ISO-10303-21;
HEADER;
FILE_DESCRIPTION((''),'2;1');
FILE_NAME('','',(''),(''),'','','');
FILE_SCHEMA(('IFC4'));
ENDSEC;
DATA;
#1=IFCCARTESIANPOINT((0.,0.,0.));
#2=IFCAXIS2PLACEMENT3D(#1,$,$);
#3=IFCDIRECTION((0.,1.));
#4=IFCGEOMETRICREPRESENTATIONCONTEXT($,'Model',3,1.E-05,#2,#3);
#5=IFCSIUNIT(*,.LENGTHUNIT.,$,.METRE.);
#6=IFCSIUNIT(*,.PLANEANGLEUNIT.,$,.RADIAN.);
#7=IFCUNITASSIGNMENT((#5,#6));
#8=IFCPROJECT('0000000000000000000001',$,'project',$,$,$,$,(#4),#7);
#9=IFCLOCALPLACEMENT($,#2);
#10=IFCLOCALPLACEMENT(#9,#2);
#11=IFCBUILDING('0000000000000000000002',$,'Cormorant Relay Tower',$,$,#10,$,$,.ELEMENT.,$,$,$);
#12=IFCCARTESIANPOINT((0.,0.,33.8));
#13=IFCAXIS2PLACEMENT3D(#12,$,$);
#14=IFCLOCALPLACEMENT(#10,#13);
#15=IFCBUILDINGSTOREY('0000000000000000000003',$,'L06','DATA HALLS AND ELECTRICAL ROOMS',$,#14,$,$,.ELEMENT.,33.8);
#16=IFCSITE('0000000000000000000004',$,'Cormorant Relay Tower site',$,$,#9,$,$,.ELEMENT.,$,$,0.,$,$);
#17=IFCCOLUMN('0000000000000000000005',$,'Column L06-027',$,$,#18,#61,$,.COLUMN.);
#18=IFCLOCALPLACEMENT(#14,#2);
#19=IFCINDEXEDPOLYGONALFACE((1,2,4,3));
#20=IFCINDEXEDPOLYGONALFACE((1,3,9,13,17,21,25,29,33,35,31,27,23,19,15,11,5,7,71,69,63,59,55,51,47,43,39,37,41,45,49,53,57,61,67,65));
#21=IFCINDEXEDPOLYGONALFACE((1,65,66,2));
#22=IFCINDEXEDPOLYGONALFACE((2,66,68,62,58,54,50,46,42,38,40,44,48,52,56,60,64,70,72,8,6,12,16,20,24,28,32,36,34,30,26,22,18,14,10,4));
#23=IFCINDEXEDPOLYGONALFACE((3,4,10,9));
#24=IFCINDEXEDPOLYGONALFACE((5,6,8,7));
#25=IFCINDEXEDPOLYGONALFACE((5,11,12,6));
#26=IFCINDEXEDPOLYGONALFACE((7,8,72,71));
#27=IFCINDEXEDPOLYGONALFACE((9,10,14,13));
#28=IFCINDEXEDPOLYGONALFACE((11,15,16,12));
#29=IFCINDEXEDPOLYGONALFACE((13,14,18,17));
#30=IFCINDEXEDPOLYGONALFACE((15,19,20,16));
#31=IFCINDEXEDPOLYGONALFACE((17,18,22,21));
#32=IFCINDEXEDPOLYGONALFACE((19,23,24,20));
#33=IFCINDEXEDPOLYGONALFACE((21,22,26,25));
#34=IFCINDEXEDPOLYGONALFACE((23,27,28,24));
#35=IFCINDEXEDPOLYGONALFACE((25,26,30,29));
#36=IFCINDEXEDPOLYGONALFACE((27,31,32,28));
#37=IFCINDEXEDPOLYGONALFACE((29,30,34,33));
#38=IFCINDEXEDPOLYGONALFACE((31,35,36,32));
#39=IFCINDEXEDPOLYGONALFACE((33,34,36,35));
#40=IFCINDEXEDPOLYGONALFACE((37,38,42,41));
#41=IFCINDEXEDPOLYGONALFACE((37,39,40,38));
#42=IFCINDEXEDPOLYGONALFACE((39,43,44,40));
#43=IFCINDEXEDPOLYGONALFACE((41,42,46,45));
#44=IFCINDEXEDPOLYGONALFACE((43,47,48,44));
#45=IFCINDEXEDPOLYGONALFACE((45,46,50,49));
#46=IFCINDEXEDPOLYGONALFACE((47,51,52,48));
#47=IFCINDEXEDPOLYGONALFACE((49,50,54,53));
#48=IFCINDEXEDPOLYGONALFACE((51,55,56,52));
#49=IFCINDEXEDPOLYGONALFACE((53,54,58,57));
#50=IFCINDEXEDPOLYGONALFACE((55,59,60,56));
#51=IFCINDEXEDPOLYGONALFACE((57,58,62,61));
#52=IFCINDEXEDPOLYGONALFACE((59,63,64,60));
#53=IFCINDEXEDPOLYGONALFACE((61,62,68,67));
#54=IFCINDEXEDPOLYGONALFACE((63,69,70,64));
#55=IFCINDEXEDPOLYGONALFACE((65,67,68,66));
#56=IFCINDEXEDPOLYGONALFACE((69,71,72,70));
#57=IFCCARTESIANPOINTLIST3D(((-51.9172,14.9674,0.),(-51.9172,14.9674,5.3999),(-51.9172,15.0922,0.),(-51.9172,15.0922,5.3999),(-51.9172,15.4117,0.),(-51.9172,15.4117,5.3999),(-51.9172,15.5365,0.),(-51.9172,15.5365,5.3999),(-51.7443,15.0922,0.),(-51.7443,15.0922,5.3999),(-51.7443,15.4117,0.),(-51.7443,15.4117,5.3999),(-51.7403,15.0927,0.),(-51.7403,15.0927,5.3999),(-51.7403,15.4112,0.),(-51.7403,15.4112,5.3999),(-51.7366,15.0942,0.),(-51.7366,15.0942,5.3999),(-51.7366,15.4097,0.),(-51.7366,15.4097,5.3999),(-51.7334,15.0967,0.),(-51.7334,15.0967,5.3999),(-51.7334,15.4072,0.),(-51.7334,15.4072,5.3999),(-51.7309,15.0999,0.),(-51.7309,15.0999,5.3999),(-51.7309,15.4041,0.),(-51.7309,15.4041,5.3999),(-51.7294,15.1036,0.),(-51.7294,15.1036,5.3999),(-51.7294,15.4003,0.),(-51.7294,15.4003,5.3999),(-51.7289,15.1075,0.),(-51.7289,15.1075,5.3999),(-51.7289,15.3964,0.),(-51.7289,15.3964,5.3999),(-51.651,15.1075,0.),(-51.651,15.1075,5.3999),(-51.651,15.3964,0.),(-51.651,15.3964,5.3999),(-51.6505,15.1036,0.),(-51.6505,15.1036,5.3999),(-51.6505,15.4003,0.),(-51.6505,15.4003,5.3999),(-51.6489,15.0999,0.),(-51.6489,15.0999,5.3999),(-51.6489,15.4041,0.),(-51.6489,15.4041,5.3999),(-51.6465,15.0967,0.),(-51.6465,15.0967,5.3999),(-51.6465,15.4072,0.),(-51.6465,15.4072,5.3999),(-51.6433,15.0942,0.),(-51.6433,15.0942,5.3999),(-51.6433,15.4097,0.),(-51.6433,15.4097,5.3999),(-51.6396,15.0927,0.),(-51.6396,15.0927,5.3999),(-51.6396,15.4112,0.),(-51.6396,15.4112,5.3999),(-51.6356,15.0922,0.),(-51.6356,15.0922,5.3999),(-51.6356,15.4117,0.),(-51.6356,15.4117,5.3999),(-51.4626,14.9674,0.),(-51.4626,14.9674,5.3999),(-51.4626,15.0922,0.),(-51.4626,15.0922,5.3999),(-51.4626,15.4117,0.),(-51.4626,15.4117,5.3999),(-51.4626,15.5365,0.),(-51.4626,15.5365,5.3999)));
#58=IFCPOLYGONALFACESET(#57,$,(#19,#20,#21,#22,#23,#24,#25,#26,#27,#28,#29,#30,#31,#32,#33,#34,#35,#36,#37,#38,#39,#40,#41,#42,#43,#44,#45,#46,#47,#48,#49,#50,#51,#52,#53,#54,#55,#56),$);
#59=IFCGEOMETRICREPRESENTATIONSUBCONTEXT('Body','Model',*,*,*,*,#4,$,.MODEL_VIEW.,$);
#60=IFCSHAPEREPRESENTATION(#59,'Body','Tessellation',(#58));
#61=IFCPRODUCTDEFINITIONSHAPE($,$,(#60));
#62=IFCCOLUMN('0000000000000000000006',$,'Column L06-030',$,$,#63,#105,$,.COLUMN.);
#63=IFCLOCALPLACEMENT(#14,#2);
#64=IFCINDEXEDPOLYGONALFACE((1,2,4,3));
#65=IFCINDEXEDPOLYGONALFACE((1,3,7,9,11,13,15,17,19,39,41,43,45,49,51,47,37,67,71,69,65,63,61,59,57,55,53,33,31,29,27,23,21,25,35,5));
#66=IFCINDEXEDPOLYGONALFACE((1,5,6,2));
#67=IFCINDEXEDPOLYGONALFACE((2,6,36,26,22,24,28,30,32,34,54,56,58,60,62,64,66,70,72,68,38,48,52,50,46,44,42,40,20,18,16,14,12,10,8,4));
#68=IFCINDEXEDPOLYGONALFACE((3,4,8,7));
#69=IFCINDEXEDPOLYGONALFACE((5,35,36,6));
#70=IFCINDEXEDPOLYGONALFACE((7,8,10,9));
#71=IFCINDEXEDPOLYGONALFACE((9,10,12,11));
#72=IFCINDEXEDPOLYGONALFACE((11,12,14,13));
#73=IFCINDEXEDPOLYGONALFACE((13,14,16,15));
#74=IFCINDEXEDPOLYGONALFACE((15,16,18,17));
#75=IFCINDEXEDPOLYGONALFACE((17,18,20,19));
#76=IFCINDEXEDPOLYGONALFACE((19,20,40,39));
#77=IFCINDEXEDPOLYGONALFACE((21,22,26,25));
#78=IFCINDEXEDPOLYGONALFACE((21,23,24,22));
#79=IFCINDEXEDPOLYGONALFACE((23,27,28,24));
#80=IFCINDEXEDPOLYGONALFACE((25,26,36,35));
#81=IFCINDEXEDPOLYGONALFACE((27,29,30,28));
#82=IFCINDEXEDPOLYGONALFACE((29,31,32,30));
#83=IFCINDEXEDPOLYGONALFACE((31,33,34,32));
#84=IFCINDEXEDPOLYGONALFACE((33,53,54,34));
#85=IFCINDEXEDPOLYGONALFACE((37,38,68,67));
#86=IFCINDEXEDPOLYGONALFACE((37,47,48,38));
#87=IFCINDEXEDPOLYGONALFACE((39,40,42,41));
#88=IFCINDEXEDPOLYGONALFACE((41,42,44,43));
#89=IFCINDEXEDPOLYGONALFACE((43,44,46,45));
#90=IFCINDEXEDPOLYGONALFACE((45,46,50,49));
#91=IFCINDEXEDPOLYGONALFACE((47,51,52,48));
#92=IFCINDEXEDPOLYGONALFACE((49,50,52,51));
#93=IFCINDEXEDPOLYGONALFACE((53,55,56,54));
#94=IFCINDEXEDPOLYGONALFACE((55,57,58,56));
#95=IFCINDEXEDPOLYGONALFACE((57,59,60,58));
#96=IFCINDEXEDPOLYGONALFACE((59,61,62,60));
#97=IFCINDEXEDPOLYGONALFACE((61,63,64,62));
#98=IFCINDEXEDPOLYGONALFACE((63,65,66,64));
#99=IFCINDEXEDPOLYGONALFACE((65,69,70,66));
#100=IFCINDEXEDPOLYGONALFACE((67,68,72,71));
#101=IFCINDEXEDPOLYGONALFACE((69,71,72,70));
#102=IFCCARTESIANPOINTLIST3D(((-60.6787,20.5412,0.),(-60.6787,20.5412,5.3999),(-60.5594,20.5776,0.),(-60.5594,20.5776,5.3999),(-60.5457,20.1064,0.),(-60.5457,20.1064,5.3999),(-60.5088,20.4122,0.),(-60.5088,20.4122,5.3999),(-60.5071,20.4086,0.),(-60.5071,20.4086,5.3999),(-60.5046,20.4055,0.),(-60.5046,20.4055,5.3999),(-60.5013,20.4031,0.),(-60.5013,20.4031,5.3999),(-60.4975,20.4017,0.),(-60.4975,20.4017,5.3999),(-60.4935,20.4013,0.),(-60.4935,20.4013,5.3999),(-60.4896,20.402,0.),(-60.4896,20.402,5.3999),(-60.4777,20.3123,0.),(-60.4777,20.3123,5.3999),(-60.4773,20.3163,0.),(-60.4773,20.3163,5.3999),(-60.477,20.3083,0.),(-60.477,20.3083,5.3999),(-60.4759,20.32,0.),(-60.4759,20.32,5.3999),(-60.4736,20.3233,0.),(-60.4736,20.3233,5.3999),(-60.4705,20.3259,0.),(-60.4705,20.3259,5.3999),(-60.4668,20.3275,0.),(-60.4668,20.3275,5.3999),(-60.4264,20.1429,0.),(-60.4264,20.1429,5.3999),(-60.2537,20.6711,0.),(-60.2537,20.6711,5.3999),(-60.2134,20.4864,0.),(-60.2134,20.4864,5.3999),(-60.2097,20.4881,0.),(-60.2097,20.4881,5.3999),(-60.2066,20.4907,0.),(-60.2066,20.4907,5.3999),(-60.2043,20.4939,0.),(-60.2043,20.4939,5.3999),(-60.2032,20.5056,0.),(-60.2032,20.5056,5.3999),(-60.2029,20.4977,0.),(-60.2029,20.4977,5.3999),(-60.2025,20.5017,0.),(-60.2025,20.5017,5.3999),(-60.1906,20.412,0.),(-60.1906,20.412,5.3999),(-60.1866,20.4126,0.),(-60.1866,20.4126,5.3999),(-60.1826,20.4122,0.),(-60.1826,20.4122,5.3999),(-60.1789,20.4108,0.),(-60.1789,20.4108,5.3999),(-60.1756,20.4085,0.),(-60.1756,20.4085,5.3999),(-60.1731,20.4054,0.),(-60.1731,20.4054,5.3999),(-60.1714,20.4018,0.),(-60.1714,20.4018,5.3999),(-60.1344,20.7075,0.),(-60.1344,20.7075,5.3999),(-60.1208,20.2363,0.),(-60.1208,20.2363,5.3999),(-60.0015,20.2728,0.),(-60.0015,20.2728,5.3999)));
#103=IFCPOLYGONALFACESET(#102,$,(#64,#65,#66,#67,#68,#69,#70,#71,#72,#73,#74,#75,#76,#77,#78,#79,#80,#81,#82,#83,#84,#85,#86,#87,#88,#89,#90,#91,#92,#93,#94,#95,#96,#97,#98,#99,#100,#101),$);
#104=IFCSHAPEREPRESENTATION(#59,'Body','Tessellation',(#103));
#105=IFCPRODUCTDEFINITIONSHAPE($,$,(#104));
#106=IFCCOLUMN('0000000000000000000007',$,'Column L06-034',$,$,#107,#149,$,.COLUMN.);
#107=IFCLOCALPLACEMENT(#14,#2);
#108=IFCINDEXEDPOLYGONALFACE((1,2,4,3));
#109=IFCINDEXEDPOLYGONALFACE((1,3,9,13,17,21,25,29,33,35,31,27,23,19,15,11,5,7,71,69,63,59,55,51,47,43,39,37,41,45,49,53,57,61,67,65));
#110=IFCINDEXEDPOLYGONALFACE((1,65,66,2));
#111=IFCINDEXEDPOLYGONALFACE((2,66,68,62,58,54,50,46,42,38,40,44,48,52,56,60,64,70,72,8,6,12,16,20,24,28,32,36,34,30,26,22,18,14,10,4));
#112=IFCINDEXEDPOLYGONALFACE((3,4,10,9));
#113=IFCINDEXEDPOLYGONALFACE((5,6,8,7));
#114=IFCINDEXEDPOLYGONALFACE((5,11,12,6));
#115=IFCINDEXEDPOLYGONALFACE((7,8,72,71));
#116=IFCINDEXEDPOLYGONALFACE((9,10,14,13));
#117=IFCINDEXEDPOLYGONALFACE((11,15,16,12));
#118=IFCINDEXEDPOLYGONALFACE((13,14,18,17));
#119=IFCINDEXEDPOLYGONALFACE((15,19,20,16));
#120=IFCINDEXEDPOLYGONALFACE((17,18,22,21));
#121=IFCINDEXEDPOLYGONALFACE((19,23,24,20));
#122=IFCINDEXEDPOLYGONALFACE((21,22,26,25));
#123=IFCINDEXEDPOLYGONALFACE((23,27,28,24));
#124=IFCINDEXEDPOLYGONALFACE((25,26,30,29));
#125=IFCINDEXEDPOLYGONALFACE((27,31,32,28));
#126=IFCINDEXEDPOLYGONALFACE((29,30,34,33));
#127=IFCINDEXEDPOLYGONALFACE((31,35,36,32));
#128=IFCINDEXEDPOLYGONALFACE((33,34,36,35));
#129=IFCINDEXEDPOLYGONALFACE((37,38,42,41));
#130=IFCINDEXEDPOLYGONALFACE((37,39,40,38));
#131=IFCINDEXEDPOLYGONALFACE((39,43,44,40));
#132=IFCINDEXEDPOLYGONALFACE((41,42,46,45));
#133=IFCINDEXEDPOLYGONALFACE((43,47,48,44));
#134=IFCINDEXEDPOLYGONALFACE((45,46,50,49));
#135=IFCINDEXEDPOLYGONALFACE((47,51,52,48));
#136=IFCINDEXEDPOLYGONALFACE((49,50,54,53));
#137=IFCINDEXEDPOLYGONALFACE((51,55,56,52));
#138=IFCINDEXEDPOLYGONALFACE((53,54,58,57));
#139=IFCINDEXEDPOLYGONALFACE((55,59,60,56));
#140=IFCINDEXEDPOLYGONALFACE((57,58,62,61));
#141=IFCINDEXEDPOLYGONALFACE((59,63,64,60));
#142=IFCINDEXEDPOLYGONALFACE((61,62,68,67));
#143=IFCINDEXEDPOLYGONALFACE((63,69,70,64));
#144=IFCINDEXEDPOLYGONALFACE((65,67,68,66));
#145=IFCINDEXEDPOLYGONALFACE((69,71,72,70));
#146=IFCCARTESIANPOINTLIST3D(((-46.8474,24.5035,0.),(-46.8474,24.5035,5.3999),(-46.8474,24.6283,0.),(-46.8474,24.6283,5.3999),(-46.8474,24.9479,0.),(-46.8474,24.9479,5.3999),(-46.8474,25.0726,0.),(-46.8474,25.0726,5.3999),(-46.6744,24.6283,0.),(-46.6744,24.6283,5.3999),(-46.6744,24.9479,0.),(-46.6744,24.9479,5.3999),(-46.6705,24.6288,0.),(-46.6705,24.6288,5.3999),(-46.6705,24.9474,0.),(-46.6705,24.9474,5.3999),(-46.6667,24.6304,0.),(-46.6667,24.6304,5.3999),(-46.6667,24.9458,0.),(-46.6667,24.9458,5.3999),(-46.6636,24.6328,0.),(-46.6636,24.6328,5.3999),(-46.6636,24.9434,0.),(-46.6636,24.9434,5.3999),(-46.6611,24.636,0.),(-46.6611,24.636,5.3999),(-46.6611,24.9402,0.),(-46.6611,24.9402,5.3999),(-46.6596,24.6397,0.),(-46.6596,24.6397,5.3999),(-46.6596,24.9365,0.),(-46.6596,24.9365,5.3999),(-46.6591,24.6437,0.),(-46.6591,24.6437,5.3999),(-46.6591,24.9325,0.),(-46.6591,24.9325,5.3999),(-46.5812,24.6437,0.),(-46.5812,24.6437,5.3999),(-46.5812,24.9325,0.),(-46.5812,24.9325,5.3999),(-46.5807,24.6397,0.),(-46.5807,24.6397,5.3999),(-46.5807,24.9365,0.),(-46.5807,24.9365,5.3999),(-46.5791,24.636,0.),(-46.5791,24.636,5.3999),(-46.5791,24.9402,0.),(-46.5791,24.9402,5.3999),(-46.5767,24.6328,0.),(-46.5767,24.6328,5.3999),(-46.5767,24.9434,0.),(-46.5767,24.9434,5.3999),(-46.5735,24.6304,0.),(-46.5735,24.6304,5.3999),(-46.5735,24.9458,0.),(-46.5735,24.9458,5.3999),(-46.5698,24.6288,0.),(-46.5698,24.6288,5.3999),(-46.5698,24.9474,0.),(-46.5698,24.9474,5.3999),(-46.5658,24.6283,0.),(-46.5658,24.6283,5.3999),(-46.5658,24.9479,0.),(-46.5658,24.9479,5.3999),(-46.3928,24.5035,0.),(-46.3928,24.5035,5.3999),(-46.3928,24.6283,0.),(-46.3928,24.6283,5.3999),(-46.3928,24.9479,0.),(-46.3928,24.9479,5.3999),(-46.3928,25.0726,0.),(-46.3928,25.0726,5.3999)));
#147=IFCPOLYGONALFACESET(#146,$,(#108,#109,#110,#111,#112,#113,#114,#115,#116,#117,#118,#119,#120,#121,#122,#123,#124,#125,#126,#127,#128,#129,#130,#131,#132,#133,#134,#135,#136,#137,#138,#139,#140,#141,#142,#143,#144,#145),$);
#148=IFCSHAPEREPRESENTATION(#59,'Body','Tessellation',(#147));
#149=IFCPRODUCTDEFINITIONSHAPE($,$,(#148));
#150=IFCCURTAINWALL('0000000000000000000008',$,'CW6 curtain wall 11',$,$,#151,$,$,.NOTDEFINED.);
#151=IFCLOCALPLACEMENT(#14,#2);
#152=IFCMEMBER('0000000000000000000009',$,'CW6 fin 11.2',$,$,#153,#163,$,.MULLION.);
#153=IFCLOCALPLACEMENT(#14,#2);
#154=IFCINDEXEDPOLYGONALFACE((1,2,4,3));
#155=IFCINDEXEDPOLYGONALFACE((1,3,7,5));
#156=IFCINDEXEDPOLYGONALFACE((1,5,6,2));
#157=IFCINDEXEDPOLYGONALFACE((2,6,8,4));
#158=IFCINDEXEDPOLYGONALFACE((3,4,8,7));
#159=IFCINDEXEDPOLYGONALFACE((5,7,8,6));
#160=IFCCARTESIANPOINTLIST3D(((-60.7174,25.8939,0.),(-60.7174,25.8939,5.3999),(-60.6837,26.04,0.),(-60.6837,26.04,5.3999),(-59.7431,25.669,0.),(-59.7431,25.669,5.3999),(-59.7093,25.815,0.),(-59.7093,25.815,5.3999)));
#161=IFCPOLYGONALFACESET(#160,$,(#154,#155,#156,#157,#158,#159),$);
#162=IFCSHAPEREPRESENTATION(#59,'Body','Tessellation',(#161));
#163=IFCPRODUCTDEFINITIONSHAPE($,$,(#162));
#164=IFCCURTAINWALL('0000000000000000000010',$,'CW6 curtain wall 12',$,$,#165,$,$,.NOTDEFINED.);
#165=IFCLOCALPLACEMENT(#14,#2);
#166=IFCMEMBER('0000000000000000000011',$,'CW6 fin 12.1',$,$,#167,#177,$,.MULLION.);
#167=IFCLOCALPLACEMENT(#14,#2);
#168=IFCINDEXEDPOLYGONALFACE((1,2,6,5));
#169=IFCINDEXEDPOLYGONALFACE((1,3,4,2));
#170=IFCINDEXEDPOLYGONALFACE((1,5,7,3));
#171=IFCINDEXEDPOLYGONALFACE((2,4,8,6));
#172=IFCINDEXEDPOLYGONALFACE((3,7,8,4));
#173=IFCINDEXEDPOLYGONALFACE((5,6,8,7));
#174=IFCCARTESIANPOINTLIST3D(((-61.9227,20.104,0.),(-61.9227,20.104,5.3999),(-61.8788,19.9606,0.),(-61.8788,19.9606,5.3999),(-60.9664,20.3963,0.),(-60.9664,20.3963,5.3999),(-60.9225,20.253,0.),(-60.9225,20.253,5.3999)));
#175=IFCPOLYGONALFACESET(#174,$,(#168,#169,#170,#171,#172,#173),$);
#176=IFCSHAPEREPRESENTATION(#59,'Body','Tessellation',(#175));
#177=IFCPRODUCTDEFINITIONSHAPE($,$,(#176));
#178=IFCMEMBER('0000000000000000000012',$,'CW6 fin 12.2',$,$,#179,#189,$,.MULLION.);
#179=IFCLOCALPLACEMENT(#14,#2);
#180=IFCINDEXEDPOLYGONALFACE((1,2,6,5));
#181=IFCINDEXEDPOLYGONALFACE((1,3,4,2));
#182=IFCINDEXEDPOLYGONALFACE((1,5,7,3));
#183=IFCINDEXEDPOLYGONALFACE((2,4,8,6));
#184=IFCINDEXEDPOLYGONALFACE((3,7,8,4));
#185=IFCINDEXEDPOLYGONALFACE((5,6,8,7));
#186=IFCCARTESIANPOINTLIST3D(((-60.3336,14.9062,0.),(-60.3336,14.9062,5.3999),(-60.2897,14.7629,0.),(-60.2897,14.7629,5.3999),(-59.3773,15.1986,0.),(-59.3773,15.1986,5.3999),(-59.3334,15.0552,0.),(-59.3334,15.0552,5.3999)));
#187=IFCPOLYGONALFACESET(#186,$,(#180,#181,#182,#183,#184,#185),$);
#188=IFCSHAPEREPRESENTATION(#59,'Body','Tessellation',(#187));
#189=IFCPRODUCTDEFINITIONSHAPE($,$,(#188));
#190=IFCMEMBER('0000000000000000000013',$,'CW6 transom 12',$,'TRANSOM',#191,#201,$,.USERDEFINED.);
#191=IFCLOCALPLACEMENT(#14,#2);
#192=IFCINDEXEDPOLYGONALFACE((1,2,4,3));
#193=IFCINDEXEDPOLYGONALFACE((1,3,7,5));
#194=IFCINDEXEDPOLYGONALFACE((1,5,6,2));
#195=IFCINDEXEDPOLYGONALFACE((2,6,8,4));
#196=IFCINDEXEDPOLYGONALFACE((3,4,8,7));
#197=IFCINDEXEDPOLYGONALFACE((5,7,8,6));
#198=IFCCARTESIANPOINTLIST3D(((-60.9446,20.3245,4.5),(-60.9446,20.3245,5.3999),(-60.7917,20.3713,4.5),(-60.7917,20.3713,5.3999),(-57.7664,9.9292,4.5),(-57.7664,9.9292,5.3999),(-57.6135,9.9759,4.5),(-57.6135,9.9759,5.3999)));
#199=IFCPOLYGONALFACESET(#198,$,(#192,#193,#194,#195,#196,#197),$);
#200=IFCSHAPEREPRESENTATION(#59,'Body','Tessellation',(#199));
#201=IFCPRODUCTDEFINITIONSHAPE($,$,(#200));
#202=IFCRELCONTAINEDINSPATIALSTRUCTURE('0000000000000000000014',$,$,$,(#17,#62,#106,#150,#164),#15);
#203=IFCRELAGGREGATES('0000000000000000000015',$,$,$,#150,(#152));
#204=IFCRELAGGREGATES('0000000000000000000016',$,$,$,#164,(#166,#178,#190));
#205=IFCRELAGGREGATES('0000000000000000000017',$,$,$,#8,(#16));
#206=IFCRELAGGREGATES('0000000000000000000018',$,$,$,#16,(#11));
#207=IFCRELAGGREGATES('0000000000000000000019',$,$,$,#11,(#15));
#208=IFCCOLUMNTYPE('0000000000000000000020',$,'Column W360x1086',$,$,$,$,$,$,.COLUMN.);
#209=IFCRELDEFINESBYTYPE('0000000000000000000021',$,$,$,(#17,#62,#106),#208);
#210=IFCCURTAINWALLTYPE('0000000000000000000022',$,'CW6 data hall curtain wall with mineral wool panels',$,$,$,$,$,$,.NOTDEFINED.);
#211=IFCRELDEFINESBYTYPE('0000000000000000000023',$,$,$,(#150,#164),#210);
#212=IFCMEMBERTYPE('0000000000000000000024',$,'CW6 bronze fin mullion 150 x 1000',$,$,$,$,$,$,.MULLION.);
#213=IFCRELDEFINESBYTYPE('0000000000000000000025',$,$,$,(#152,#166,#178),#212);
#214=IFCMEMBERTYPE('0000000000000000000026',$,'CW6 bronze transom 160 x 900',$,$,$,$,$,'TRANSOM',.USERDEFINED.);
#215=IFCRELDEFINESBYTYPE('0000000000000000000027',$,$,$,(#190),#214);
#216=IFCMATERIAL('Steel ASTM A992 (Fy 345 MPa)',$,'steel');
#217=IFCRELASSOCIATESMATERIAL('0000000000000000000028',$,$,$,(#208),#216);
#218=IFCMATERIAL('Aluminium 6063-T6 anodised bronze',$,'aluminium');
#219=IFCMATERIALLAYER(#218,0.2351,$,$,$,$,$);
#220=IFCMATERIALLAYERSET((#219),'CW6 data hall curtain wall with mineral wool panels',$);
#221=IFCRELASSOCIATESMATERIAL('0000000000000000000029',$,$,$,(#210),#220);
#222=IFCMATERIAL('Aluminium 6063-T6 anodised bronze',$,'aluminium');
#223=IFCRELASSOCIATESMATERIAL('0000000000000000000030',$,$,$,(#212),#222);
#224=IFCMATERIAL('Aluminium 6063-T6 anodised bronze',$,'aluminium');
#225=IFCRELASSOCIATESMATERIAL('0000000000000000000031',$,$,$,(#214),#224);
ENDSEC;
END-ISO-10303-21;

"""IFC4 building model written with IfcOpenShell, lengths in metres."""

from ifc_helpers import new_model, si_unit, direction, frame, origin, origin_2d, place, context, subcontext, project, spatial, rectangle, i_section, extrude, material, layer, layer_set, material_profile, profile_set, type_object, element, aggregate, save


model = new_model("IFC4")

# Units and contexts
model_context = context("Model", 3, precision=1e-05, world=origin(), true_north=direction((0.0, 1.0)))
body_context = subcontext(model_context, "Body", "Model", "MODEL_VIEW")
ifc_project = project(units=[si_unit("LENGTHUNIT", "METRE"), si_unit("PLANEANGLEUNIT", "RADIAN")], contexts=[model_context])

# Site, building, storey
site_placement = place(None, origin())
site = spatial("IfcSite", under=ifc_project, at=site_placement, Name="Cormorant Relay Tower site", CompositionType="ELEMENT", RefElevation=0.0)
building_placement = place(site_placement, origin())
building = spatial("IfcBuilding", under=site, at=building_placement, Name="Cormorant Relay Tower", CompositionType="ELEMENT")
storey_placement = place(building_placement, frame((0.0, 0.0, 33.8)))
storey = spatial("IfcBuildingStorey", under=building, at=storey_placement, Name="L06", Description="DATA HALLS AND ELECTRICAL ROOMS", CompositionType="ELEMENT", Elevation=33.8)

# Columns
ifc_material_1 = material(Name="Steel ASTM A992 (Fy 345 MPa)", Category="steel")
ifc_material_profile_1 = material_profile(ifc_material_1, i_section(OverallWidth=0.4546, OverallDepth=0.5691, WebThickness=0.0779, FlangeThickness=0.1248, FilletRadius=0.0154, at=origin_2d()), Name="W360x1086")
ifc_profile_set_1 = profile_set([ifc_material_profile_1], Name="Steel ASTM A992 (Fy 345 MPa)")
column_type = type_object("IfcColumnType", Name="Column W360x1086", PredefinedType="COLUMN", material=ifc_profile_set_1)
for number, where, z_axis, x_axis, name in (
    (1, (-51.6899, 15.252, 0.0), (0.0, 0.0, 1.0), (1.0, 0.0, 0.0), "Column L06-027"),
    (2, (-60.3401, 20.407, 0.0), (0.0, 0.0, 1.0), (0.292372, -0.956305, 0.0), "Column L06-030"),
    (3, (-46.6201, 24.7881, 0.0), (0.0, 0.0, 1.0), (1.0, 0.0, 0.0), "Column L06-034"),
):
    element("IfcColumn", number, at=place(storey_placement, frame(where, z_axis=z_axis, x_axis=x_axis)), inside=storey, type_object=column_type, Name=name, PredefinedType="COLUMN", context=body_context, shape_type="SweptSolid", body=[
        extrude(i_section(OverallWidth=0.4546, OverallDepth=0.5691, WebThickness=0.0779, FlangeThickness=0.1248, FilletRadius=0.0154, at=origin_2d()), origin(), (0.0, 0.0, 1.0), 5.3999),
    ])

# Curtain wall, member
ifc_material_2 = material(Name="Aluminium 6063-T6 anodised bronze", Category="aluminium")
ifc_layer_1 = layer(ifc_material_2, 0.2351)
ifc_layer_set_1 = layer_set([ifc_layer_1], Name="CW6 data hall curtain wall with mineral wool panels")
curtain_wall_type = type_object("IfcCurtainWallType", Name="CW6 data hall curtain wall with mineral wool panels", PredefinedType="NOTDEFINED", material=ifc_layer_set_1)
curtain_wall_1_placement = place(storey_placement, origin())
curtain_wall_1 = element("IfcCurtainWall", 4, at=curtain_wall_1_placement, inside=storey, type_object=curtain_wall_type, Name="CW6 curtain wall 11", PredefinedType="NOTDEFINED")
ifc_material_3 = material(Name="Aluminium 6063-T6 anodised bronze", Category="aluminium")
ifc_material_profile_2 = material_profile(ifc_material_3, rectangle(XDim=0.1499, YDim=1.0, at=origin_2d()), Name="AL 150x1000")
ifc_profile_set_2 = profile_set([ifc_material_profile_2], Name="Aluminium 6063-T6 anodised bronze")
member_type_1 = type_object("IfcMemberType", Name="CW6 bronze fin mullion 150 x 1000", PredefinedType="MULLION", material=ifc_profile_set_2)
member_1_placement = place(storey_placement, frame((-60.2134, 25.8545, 0.0), z_axis=(0.0, 0.0, 1.0), x_axis=(-0.224951, -0.97437, 0.0)))
member_1 = element("IfcMember", 5, at=member_1_placement, type_object=member_type_1, Name="CW6 fin 11.2", PredefinedType="MULLION", context=body_context, shape_type="SweptSolid", body=[
    extrude(rectangle(XDim=0.1499, YDim=1.0, at=origin_2d()), origin(), (0.0, 0.0, 1.0), 5.3999),
])

# Curtain wall, members
curtain_wall_2_placement = place(storey_placement, origin())
curtain_wall_2 = element("IfcCurtainWall", 6, at=curtain_wall_2_placement, inside=storey, type_object=curtain_wall_type, Name="CW6 curtain wall 12", PredefinedType="NOTDEFINED")
member_2_placement = place(storey_placement, frame((-61.4226, 20.1785, 0.0), z_axis=(0.0, 0.0, 1.0), x_axis=(0.292372, -0.956305, 0.0)))
member_2 = element("IfcMember", 7, at=member_2_placement, type_object=member_type_1, Name="CW6 fin 12.1", PredefinedType="MULLION", context=body_context, shape_type="SweptSolid", body=[
    extrude(rectangle(XDim=0.1499, YDim=1.0, at=origin_2d()), origin(), (0.0, 0.0, 1.0), 5.3999),
])
member_3_placement = place(storey_placement, frame((-59.8335, 14.9807, 0.0), z_axis=(0.0, 0.0, 1.0), x_axis=(0.292372, -0.956305, 0.0)))
member_3 = element("IfcMember", 8, at=member_3_placement, type_object=member_type_1, Name="CW6 fin 12.2", PredefinedType="MULLION", context=body_context, shape_type="SweptSolid", body=[
    extrude(rectangle(XDim=0.1499, YDim=1.0, at=origin_2d()), origin(), (0.0, 0.0, 1.0), 5.3999),
])
ifc_material_4 = material(Name="Aluminium 6063-T6 anodised bronze", Category="aluminium")
ifc_material_profile_3 = material_profile(ifc_material_4, rectangle(XDim=0.1599, YDim=0.8999, at=origin_2d()), Name="AL 160x900")
ifc_profile_set_3 = profile_set([ifc_material_profile_3], Name="Aluminium 6063-T6 anodised bronze")
member_type_2 = type_object("IfcMemberType", Name="CW6 bronze transom 160 x 900", ElementType="TRANSOM", PredefinedType="USERDEFINED", material=ifc_profile_set_3)
member_4_placement = place(storey_placement, frame((-60.8682, 20.3479, 4.95), z_axis=(0.292378, -0.956303, 0.0), x_axis=(0.956303, 0.292378, 0.0)))
member_4 = element("IfcMember", 9, at=member_4_placement, type_object=member_type_2, Name="CW6 transom 12", ObjectType="TRANSOM", PredefinedType="USERDEFINED", context=body_context, shape_type="SweptSolid", body=[
    extrude(rectangle(XDim=0.1599, YDim=0.8999, at=origin_2d()), origin(), (0.0, 0.0, 1.0), 10.8704),
])

aggregate(curtain_wall_1, [member_1])
aggregate(curtain_wall_2, [member_2, member_3, member_4])

save(model, "model.ifc")
